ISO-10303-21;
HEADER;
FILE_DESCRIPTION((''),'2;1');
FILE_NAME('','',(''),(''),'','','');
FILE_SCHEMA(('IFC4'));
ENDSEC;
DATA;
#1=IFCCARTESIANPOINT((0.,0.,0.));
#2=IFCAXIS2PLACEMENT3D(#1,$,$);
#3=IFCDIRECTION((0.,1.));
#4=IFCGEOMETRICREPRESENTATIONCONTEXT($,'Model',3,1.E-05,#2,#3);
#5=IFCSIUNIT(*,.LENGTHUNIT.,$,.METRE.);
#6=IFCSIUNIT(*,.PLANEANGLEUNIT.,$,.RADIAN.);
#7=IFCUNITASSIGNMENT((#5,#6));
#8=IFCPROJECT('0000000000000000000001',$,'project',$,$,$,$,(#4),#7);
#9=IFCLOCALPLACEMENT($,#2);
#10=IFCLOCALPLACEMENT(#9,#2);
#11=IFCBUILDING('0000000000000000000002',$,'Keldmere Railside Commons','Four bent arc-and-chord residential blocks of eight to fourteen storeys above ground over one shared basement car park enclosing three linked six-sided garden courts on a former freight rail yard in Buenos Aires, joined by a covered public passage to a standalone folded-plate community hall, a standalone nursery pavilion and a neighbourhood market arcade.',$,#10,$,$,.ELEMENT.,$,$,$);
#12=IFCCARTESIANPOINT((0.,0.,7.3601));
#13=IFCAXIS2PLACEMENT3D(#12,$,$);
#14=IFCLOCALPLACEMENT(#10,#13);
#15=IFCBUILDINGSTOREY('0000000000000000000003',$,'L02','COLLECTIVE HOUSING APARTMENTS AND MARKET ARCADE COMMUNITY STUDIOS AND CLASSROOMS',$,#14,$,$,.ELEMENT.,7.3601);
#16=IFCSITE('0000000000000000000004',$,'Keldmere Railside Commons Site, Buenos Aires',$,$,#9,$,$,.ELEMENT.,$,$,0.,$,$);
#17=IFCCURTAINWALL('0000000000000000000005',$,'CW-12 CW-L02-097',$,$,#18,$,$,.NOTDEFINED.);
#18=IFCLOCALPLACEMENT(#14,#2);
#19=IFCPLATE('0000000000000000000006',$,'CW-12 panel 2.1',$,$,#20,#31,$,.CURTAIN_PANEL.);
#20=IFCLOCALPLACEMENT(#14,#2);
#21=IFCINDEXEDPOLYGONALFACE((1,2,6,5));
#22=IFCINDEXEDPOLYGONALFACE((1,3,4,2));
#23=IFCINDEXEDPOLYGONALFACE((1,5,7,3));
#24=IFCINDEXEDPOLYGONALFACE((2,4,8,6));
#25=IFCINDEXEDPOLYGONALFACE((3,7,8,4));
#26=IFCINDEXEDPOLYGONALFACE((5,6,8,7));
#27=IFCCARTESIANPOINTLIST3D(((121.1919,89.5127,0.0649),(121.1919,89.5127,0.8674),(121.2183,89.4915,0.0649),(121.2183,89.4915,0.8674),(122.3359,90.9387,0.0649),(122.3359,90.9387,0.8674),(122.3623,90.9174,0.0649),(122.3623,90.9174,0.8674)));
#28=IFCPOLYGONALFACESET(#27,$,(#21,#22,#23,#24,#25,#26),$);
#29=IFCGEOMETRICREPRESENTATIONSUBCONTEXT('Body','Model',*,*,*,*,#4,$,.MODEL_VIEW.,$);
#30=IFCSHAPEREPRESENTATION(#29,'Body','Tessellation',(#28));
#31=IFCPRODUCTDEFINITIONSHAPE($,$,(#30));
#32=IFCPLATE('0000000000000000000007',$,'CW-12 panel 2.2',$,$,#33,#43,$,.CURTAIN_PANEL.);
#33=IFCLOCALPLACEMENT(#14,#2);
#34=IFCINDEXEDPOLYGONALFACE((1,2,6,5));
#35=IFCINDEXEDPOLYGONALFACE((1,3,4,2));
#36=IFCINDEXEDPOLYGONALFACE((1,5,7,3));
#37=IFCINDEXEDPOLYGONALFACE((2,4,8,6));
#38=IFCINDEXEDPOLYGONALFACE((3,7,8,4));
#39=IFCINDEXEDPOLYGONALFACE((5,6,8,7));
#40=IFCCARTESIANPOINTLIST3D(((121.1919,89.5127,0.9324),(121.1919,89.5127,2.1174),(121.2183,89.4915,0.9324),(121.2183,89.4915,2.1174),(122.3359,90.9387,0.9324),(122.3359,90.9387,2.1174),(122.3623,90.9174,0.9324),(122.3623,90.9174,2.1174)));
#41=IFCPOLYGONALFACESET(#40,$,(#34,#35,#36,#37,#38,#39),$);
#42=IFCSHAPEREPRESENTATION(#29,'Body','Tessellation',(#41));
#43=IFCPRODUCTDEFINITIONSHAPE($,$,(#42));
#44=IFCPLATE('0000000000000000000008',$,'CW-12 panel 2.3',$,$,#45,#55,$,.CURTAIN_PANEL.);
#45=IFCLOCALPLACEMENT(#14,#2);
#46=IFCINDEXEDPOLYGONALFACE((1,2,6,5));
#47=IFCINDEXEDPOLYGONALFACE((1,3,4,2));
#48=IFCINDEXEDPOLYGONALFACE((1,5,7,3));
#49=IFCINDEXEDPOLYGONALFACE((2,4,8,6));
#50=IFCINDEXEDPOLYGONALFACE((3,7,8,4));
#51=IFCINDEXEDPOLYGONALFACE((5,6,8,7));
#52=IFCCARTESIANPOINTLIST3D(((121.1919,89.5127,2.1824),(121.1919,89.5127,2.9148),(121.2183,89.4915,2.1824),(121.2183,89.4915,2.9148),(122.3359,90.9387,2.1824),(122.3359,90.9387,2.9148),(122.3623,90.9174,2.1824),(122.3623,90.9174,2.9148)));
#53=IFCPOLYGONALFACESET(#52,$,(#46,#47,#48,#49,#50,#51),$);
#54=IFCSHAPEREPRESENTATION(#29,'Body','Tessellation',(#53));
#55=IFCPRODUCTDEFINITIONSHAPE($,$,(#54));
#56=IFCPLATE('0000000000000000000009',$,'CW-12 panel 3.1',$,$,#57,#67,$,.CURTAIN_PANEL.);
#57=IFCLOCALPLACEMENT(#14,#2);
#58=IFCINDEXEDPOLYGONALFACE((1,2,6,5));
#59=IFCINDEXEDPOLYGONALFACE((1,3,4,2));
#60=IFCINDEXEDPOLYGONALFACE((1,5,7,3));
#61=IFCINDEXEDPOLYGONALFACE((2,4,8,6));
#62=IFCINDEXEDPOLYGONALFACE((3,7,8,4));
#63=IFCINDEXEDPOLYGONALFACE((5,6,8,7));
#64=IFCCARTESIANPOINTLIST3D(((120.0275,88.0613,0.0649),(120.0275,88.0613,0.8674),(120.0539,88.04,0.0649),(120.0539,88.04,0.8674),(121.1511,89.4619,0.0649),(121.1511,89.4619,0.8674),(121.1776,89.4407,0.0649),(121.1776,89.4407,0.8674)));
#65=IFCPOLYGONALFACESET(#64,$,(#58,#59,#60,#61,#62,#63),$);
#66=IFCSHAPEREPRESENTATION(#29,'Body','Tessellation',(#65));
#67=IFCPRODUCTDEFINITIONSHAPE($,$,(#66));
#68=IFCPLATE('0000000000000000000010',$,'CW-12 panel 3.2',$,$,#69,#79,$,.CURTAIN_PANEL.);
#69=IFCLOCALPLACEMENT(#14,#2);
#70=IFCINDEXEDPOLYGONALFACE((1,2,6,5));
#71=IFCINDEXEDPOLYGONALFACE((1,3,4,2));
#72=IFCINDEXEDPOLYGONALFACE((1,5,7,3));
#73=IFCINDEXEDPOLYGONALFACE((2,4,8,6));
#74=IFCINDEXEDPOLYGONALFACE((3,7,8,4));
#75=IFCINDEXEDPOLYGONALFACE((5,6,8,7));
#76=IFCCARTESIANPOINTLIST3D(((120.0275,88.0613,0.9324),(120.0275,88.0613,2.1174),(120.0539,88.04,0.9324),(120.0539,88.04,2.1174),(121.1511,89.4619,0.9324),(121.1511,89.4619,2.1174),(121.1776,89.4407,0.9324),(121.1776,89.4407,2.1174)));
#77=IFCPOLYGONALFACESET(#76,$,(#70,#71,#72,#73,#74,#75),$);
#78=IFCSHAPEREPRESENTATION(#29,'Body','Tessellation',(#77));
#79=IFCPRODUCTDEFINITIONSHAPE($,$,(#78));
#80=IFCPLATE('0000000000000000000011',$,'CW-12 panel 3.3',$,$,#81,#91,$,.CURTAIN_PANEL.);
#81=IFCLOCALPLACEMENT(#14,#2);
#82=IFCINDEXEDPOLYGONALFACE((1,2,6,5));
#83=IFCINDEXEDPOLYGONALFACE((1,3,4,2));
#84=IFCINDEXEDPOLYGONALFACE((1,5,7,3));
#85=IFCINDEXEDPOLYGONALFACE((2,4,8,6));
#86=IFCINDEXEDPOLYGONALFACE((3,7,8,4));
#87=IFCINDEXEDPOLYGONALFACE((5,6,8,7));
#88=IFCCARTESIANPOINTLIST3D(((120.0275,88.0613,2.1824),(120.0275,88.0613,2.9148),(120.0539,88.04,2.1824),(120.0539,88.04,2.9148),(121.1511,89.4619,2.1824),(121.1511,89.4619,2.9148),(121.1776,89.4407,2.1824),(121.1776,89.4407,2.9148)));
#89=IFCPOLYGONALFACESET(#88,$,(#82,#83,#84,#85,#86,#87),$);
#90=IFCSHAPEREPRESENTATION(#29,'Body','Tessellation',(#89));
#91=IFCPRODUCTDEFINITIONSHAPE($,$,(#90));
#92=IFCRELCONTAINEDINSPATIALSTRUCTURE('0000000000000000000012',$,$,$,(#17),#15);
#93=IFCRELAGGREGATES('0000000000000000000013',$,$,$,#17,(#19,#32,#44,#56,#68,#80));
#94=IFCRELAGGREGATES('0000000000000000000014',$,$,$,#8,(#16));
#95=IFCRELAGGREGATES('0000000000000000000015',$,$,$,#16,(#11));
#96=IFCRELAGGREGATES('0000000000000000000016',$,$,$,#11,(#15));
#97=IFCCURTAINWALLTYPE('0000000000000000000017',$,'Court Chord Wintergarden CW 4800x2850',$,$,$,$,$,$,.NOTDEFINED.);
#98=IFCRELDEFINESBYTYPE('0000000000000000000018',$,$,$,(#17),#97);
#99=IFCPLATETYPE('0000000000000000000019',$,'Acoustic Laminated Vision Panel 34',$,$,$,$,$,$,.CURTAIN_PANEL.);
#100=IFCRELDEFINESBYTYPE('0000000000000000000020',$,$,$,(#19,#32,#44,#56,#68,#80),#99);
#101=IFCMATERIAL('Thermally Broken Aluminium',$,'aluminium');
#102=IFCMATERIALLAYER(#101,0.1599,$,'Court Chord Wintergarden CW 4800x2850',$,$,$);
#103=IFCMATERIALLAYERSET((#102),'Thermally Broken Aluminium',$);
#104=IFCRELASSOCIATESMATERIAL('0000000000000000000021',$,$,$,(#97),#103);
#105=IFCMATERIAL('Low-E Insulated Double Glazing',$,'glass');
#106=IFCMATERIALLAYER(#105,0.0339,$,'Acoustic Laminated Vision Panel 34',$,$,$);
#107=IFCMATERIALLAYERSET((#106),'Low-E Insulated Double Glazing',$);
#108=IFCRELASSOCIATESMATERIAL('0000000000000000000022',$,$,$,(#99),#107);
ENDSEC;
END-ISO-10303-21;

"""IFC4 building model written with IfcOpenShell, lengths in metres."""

from ifc_helpers import new_model, si_unit, direction, frame, origin, origin_2d, place, context, subcontext, project, spatial, rectangle, extrude, material, layer, layer_set, type_object, element, aggregate, save


model = new_model("IFC4")

# Units and contexts
model_context = context("Model", 3, precision=1e-05, world=origin(), true_north=direction((0.0, 1.0)))
body_context = subcontext(model_context, "Body", "Model", "MODEL_VIEW")
ifc_project = project(units=[si_unit("LENGTHUNIT", "METRE"), si_unit("PLANEANGLEUNIT", "RADIAN")], contexts=[model_context])

# Site, building, storey
site_placement = place(None, origin())
site = spatial("IfcSite", under=ifc_project, at=site_placement, Name="Keldmere Railside Commons Site, Buenos Aires", CompositionType="ELEMENT", RefElevation=0.0)
building_placement = place(site_placement, origin())
building = spatial("IfcBuilding", under=site, at=building_placement, Name="Keldmere Railside Commons", Description="Four bent arc-and-chord residential blocks of eight to fourteen storeys above ground over one shared basement car park enclosing three linked six-sided garden courts on a former freight rail yard in Buenos Aires, joined by a covered public passage to a standalone folded-plate community hall, a standalone nursery pavilion and a neighbourhood market arcade.", CompositionType="ELEMENT")
storey_placement = place(building_placement, frame((0.0, 0.0, 7.3601)))
storey = spatial("IfcBuildingStorey", under=building, at=storey_placement, Name="L02", Description="COLLECTIVE HOUSING APARTMENTS AND MARKET ARCADE COMMUNITY STUDIOS AND CLASSROOMS", CompositionType="ELEMENT", Elevation=7.3601)

# Curtain wall, plates
ifc_material_1 = material(Name="Thermally Broken Aluminium", Category="aluminium")
ifc_layer_1 = layer(ifc_material_1, 0.1599, Name="Court Chord Wintergarden CW 4800x2850")
ifc_layer_set_1 = layer_set([ifc_layer_1], Name="Thermally Broken Aluminium")
curtain_wall_type = type_object("IfcCurtainWallType", Name="Court Chord Wintergarden CW 4800x2850", PredefinedType="NOTDEFINED", material=ifc_layer_set_1)
curtain_wall_placement = place(storey_placement, origin())
curtain_wall = element("IfcCurtainWall", 1, at=curtain_wall_placement, inside=storey, type_object=curtain_wall_type, Name="CW-12 CW-L02-097", PredefinedType="NOTDEFINED")
ifc_material_2 = material(Name="Low-E Insulated Double Glazing", Category="glass")
ifc_layer_2 = layer(ifc_material_2, 0.0339, Name="Acoustic Laminated Vision Panel 34")
ifc_layer_set_2 = layer_set([ifc_layer_2], Name="Low-E Insulated Double Glazing")
plate_type = type_object("IfcPlateType", Name="Acoustic Laminated Vision Panel 34", PredefinedType="CURTAIN_PANEL", material=ifc_layer_set_2)
plate_1_placement = place(storey_placement, frame((121.7771, 90.2151, 0.0649), z_axis=(0.0, 0.0, 1.0), x_axis=(-0.625768, -0.780009, 0.0)))
plate_1 = element("IfcPlate", 2, at=plate_1_placement, type_object=plate_type, Name="CW-12 panel 2.1", PredefinedType="CURTAIN_PANEL", context=body_context, shape_type="SweptSolid", body=[
    extrude(rectangle(XDim=1.8281, YDim=0.0339, at=origin_2d()), origin(), (0.0, 0.0, 1.0), 0.8025),
])
plate_2_placement = place(storey_placement, frame((121.7771, 90.2151, 0.9324), z_axis=(0.0, 0.0, 1.0), x_axis=(-0.625768, -0.780009, 0.0)))
plate_2 = element("IfcPlate", 3, at=plate_2_placement, type_object=plate_type, Name="CW-12 panel 2.2", PredefinedType="CURTAIN_PANEL", context=body_context, shape_type="SweptSolid", body=[
    extrude(rectangle(XDim=1.8281, YDim=0.0339, at=origin_2d()), origin(), (0.0, 0.0, 1.0), 1.1851),
])
plate_3_placement = place(storey_placement, frame((121.7771, 90.2151, 2.1824), z_axis=(0.0, 0.0, 1.0), x_axis=(-0.625768, -0.780009, 0.0)))
plate_3 = element("IfcPlate", 4, at=plate_3_placement, type_object=plate_type, Name="CW-12 panel 2.3", PredefinedType="CURTAIN_PANEL", context=body_context, shape_type="SweptSolid", body=[
    extrude(rectangle(XDim=1.8281, YDim=0.0339, at=origin_2d()), origin(), (0.0, 0.0, 1.0), 0.7324),
])
plate_4_placement = place(storey_placement, frame((120.6025, 88.751, 0.0649), z_axis=(0.0, 0.0, 1.0), x_axis=(-0.625768, -0.780009, 0.0)))
plate_4 = element("IfcPlate", 5, at=plate_4_placement, type_object=plate_type, Name="CW-12 panel 3.1", PredefinedType="CURTAIN_PANEL", context=body_context, shape_type="SweptSolid", body=[
    extrude(rectangle(XDim=1.7957, YDim=0.0339, at=origin_2d()), origin(), (0.0, 0.0, 1.0), 0.8025),
])
plate_5_placement = place(storey_placement, frame((120.6025, 88.751, 0.9324), z_axis=(0.0, 0.0, 1.0), x_axis=(-0.625768, -0.780009, 0.0)))
plate_5 = element("IfcPlate", 6, at=plate_5_placement, type_object=plate_type, Name="CW-12 panel 3.2", PredefinedType="CURTAIN_PANEL", context=body_context, shape_type="SweptSolid", body=[
    extrude(rectangle(XDim=1.7957, YDim=0.0339, at=origin_2d()), origin(), (0.0, 0.0, 1.0), 1.1851),
])
plate_6_placement = place(storey_placement, frame((120.6025, 88.751, 2.1824), z_axis=(0.0, 0.0, 1.0), x_axis=(-0.625768, -0.780009, 0.0)))
plate_6 = element("IfcPlate", 7, at=plate_6_placement, type_object=plate_type, Name="CW-12 panel 3.3", PredefinedType="CURTAIN_PANEL", context=body_context, shape_type="SweptSolid", body=[
    extrude(rectangle(XDim=1.7957, YDim=0.0339, at=origin_2d()), origin(), (0.0, 0.0, 1.0), 0.7324),
])
aggregate(curtain_wall, [plate_1, plate_2, plate_3, plate_4, plate_5, plate_6])

save(model, "model.ifc")
